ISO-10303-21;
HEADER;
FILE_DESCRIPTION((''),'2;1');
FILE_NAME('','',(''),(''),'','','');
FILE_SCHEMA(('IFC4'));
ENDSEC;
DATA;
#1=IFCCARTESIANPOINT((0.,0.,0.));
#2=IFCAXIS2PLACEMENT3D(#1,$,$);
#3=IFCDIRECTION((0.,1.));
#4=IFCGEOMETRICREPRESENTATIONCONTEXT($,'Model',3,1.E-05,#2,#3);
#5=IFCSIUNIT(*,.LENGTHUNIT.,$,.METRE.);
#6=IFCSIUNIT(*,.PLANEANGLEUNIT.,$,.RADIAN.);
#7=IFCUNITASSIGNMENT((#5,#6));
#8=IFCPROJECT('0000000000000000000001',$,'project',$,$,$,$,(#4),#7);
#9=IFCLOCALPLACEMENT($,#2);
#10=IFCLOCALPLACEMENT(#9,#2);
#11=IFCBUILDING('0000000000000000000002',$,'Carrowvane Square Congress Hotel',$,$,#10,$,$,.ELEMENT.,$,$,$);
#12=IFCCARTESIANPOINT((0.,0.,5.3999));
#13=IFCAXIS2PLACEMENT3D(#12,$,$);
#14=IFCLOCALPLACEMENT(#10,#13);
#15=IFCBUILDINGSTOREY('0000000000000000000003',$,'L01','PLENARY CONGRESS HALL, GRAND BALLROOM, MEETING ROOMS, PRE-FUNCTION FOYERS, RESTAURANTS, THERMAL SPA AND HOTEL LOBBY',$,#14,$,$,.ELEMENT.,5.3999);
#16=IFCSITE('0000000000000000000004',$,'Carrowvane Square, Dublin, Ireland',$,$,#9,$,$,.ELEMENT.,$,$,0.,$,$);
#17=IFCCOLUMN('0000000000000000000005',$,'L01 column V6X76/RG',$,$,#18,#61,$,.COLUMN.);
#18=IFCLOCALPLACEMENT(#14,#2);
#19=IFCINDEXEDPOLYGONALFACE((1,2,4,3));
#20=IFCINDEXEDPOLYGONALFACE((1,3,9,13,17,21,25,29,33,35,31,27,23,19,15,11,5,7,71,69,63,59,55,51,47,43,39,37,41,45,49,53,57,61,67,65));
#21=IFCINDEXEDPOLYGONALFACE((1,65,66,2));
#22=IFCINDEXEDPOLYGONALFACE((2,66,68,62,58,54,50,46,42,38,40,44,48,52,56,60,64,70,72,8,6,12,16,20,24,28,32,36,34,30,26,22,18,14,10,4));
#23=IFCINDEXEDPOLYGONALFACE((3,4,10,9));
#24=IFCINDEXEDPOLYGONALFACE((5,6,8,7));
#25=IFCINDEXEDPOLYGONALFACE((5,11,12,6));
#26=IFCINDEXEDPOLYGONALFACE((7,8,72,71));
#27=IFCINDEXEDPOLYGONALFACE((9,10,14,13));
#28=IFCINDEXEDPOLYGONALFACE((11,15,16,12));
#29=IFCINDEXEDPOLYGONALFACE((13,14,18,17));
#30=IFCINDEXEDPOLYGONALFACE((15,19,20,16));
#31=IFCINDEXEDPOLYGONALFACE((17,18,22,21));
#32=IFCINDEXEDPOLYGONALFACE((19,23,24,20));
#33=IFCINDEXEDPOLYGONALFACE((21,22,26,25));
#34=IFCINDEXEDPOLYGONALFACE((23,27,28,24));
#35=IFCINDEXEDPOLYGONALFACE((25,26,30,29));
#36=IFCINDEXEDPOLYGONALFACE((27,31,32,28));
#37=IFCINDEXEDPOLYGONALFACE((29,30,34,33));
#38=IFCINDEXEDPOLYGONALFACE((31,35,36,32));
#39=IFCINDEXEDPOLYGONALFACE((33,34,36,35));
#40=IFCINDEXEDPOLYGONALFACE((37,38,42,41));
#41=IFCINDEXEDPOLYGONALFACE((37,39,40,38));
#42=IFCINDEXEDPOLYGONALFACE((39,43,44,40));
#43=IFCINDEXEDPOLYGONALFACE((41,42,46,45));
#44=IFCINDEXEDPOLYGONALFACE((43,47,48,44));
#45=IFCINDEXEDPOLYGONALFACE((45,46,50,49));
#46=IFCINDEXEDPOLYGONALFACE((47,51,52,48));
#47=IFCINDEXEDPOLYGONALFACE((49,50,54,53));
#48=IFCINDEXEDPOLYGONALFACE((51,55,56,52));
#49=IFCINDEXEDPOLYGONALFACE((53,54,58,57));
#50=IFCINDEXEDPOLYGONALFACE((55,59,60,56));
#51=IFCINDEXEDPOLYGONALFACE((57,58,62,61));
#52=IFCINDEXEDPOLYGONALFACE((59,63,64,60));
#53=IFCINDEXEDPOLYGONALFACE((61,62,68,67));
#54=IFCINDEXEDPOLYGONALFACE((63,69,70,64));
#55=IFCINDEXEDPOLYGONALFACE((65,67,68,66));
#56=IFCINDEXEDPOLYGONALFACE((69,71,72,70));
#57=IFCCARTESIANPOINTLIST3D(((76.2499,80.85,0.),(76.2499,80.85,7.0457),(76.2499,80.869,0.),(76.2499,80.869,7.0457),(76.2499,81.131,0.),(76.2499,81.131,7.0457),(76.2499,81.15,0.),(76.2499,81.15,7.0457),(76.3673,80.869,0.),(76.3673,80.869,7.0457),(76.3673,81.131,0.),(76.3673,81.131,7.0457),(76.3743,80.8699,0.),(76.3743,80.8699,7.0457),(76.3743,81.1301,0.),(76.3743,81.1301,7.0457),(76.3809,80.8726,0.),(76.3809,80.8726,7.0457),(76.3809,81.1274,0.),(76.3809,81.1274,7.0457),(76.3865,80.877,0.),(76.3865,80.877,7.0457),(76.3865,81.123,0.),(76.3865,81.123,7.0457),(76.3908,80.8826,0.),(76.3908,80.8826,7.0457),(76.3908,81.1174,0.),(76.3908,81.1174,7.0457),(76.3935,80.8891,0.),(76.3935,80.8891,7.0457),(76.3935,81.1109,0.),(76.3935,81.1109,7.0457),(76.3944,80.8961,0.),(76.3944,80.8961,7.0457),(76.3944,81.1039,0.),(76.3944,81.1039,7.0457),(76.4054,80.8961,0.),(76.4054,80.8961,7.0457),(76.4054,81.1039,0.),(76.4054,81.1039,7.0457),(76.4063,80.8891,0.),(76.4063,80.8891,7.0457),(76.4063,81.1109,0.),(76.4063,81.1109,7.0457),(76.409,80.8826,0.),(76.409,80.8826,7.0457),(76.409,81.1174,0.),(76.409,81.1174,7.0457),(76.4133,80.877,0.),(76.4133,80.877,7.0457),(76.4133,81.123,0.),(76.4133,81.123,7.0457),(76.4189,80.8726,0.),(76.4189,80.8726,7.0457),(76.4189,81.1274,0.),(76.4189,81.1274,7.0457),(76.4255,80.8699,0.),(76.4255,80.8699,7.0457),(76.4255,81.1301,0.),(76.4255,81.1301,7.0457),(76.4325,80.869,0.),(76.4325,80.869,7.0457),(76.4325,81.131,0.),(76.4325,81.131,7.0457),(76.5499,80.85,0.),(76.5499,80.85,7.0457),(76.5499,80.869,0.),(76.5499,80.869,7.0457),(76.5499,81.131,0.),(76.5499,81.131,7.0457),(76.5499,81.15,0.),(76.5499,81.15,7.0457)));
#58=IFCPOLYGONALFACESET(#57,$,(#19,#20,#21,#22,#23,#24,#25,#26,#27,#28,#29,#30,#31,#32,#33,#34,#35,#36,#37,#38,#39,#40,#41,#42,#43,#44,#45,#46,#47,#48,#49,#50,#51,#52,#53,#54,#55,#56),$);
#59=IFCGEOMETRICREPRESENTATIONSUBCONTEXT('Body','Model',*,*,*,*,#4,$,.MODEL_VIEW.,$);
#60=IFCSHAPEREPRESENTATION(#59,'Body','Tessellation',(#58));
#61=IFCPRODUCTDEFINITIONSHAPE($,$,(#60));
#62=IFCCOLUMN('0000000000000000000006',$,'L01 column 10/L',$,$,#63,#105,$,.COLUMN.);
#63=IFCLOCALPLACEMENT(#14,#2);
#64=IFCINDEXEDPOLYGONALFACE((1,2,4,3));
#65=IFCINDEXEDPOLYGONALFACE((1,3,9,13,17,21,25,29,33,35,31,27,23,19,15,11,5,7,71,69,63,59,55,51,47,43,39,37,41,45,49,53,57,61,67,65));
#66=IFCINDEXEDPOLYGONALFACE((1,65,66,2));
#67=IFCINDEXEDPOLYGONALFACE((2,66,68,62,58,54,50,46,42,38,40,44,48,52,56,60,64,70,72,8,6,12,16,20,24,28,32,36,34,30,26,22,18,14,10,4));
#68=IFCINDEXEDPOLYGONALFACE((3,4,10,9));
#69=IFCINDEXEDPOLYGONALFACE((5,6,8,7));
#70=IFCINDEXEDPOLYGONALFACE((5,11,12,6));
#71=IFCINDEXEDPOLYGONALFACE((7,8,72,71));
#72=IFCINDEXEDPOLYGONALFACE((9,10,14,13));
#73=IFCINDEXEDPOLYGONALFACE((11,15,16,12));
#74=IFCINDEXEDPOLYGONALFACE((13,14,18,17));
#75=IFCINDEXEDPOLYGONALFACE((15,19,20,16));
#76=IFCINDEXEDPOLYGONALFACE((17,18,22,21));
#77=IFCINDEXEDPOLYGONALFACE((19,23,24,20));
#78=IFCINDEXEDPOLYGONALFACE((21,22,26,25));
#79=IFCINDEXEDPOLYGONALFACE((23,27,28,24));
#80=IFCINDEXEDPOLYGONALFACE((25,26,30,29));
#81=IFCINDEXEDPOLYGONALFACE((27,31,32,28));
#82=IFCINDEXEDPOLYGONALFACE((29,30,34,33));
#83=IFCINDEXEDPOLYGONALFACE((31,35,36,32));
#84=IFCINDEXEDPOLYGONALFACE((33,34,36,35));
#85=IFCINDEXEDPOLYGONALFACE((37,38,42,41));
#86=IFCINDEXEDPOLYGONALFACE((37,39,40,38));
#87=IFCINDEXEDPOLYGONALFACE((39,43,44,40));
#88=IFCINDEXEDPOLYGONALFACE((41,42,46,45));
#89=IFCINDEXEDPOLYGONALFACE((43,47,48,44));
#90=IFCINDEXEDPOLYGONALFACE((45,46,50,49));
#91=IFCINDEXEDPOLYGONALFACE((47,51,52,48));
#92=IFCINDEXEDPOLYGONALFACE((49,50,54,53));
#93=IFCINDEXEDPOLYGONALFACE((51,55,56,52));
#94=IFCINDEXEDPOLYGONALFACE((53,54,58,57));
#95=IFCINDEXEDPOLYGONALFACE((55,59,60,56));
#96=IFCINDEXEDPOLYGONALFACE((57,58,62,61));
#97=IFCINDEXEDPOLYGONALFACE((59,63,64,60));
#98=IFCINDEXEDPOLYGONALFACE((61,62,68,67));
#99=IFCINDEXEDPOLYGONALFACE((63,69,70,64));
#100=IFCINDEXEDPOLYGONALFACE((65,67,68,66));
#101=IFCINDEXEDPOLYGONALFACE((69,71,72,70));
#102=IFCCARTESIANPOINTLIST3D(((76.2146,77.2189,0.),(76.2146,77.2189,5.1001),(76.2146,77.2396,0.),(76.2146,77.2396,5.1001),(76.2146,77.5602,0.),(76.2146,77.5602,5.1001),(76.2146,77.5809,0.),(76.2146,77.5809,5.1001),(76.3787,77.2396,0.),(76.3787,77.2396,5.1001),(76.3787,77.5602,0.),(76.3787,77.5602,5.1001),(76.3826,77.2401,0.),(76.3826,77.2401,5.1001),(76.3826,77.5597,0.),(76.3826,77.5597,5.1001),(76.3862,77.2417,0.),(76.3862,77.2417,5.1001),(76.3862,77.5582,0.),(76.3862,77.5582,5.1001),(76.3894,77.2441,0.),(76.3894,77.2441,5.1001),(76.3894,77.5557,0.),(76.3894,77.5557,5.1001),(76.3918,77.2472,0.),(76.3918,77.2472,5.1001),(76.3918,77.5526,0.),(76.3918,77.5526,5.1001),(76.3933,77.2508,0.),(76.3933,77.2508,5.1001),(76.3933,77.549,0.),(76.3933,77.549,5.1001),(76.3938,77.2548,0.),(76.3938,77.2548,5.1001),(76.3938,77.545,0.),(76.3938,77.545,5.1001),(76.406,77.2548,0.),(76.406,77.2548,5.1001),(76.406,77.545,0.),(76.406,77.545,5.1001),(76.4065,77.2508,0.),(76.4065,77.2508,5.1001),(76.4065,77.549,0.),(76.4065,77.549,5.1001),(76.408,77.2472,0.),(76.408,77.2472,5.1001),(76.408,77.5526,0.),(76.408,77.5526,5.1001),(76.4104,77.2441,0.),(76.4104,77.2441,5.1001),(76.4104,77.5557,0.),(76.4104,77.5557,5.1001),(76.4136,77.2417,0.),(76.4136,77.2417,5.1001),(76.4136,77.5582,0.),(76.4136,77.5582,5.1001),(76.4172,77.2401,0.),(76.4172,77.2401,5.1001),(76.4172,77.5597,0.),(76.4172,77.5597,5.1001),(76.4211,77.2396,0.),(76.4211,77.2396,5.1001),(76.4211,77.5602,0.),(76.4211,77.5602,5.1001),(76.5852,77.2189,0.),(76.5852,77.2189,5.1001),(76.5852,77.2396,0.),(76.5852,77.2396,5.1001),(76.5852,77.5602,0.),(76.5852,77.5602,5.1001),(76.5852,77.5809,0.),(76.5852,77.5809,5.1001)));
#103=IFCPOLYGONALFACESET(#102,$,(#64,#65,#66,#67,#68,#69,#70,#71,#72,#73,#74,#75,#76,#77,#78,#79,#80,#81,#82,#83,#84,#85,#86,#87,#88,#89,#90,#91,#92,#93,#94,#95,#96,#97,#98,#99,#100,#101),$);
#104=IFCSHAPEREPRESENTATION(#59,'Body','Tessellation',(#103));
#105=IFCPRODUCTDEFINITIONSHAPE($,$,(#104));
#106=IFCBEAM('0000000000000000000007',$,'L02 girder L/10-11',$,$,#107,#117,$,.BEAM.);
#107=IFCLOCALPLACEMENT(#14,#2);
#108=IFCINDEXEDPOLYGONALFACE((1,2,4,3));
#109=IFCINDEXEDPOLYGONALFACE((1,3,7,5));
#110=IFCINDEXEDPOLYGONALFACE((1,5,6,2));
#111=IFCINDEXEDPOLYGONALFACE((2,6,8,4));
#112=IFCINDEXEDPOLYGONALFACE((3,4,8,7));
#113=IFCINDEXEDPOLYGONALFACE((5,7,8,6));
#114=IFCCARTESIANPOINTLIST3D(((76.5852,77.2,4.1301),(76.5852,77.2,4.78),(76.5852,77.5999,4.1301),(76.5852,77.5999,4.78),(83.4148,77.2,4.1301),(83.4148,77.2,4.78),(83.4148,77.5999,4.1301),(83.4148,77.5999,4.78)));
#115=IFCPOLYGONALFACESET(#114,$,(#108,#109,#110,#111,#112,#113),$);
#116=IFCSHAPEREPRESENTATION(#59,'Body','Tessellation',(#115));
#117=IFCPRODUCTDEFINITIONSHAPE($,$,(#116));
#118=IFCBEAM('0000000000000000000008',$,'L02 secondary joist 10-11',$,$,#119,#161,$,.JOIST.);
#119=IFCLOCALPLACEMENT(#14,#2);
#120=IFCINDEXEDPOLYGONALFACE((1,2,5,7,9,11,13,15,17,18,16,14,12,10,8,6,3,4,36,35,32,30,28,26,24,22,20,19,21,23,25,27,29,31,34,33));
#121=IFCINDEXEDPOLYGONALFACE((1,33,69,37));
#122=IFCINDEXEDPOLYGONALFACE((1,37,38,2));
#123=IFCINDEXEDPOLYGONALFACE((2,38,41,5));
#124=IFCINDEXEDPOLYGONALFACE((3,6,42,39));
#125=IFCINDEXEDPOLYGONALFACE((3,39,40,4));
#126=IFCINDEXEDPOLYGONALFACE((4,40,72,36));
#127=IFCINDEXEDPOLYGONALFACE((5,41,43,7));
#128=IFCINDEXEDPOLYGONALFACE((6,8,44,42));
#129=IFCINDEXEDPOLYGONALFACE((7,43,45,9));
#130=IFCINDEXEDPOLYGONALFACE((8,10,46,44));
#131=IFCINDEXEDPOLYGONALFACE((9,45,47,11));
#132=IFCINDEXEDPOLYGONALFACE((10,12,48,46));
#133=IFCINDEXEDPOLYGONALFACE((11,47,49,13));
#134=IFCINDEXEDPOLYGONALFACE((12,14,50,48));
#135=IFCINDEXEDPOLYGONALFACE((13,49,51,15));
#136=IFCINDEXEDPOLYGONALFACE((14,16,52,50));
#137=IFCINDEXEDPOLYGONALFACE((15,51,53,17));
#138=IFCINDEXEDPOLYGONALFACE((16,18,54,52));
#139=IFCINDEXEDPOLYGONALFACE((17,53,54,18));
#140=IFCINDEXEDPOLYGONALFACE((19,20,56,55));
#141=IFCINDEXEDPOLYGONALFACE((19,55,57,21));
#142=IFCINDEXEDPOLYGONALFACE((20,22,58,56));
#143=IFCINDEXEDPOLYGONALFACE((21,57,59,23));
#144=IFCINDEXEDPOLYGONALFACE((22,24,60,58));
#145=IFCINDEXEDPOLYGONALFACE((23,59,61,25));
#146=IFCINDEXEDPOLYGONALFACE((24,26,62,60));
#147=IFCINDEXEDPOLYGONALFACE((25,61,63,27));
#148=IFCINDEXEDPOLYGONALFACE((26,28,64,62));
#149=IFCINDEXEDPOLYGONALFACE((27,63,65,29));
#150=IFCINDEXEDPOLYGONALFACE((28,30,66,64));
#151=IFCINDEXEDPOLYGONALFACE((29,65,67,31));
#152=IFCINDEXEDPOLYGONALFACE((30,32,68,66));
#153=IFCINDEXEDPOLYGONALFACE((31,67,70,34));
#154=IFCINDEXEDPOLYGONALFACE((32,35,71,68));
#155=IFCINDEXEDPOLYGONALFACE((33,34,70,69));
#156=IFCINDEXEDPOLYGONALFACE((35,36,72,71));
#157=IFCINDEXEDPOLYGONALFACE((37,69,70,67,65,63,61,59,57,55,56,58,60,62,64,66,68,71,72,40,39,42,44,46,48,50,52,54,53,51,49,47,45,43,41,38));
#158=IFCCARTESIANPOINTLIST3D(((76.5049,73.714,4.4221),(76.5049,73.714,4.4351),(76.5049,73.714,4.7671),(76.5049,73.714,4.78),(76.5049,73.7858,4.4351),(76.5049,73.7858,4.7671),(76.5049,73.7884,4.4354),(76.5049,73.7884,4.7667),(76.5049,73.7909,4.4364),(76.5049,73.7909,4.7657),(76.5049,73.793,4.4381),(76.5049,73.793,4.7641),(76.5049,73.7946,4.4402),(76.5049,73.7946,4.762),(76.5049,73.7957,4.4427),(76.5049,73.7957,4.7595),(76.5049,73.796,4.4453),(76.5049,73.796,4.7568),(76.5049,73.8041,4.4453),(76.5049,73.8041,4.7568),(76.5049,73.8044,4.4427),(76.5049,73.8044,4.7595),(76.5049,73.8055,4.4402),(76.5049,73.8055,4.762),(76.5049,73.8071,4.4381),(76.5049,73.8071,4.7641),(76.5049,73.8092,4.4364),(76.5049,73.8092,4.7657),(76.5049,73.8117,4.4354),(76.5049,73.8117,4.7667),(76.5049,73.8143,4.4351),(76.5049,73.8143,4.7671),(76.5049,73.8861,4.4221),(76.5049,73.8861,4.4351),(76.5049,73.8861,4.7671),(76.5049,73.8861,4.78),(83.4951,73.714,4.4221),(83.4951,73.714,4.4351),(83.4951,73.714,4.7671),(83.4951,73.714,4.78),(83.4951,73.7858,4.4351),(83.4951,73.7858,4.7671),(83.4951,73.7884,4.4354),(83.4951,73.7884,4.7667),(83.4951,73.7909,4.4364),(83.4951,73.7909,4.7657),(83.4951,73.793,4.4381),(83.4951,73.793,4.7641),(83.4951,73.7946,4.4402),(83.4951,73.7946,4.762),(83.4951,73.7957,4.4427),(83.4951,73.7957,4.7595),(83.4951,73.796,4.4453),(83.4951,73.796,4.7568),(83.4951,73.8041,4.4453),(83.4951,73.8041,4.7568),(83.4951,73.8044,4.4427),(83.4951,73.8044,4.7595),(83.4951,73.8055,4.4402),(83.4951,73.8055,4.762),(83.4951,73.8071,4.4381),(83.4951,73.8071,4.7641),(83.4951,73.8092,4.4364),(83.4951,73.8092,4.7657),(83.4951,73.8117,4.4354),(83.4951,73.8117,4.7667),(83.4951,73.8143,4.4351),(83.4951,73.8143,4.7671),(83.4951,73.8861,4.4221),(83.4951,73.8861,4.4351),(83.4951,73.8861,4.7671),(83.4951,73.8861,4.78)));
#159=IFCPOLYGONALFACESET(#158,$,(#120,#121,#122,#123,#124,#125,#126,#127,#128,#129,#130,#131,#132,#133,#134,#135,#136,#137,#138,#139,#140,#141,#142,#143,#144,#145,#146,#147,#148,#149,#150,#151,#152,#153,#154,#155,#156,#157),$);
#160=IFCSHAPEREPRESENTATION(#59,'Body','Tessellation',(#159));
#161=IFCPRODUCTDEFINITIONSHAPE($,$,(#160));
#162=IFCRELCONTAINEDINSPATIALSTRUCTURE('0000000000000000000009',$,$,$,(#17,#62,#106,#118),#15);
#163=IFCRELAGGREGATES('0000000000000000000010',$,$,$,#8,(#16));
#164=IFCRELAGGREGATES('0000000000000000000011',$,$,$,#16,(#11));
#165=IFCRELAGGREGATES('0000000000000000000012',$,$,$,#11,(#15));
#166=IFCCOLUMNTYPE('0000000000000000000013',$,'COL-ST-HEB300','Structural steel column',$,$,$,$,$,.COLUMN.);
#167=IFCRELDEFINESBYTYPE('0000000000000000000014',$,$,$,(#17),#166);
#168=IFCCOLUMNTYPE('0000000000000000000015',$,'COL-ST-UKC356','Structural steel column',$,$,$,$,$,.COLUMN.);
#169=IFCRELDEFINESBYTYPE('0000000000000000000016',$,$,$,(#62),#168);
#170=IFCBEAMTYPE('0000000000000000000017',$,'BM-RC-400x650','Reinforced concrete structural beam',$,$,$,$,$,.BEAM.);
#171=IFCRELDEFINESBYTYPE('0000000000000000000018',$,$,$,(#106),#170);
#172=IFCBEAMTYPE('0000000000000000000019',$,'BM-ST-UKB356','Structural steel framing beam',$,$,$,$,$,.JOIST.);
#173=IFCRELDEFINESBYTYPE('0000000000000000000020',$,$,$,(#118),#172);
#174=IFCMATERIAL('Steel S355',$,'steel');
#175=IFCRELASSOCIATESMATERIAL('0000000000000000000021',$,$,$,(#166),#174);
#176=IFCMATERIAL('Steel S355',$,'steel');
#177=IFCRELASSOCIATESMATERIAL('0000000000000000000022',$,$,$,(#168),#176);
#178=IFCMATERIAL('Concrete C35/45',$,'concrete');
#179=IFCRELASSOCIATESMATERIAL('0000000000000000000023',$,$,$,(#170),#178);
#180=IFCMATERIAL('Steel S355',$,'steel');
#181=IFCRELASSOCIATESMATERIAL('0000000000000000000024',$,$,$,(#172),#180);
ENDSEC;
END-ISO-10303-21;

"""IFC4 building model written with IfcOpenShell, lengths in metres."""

from ifc_helpers import new_model, si_unit, direction, frame, origin, origin_2d, place, context, subcontext, project, spatial, rectangle, i_section, extrude, material, material_profile, profile_set, type_object, element, save


model = new_model("IFC4")

# Units and contexts
model_context = context("Model", 3, precision=1e-05, world=origin(), true_north=direction((0.0, 1.0)))
body_context = subcontext(model_context, "Body", "Model", "MODEL_VIEW")
ifc_project = project(units=[si_unit("LENGTHUNIT", "METRE"), si_unit("PLANEANGLEUNIT", "RADIAN")], contexts=[model_context])

# Site, building, storey
site_placement = place(None, origin())
site = spatial("IfcSite", under=ifc_project, at=site_placement, Name="Carrowvane Square, Dublin, Ireland", CompositionType="ELEMENT", RefElevation=0.0)
building_placement = place(site_placement, origin())
building = spatial("IfcBuilding", under=site, at=building_placement, Name="Carrowvane Square Congress Hotel", CompositionType="ELEMENT")
storey_placement = place(building_placement, frame((0.0, 0.0, 5.3999)))
storey = spatial("IfcBuildingStorey", under=building, at=storey_placement, Name="L01", Description="PLENARY CONGRESS HALL, GRAND BALLROOM, MEETING ROOMS, PRE-FUNCTION FOYERS, RESTAURANTS, THERMAL SPA AND HOTEL LOBBY", CompositionType="ELEMENT", Elevation=5.3999)

# Columns
ifc_material_1 = material(Name="Steel S355", Category="steel")
ifc_material_profile_1 = material_profile(ifc_material_1, i_section(OverallWidth=0.3, OverallDepth=0.3, WebThickness=0.011, FlangeThickness=0.019, FilletRadius=0.0271, at=origin_2d()), Name="HEB 300")
ifc_profile_set_1 = profile_set([ifc_material_profile_1], Name="Steel S355")
column_type_1 = type_object("IfcColumnType", Name="COL-ST-HEB300", Description="Structural steel column", PredefinedType="COLUMN", material=ifc_profile_set_1)
column_1_placement = place(storey_placement, frame((76.3999, 81.0, 0.0), z_axis=(0.0, 0.0, 1.0), x_axis=(1.0, 0.0, 0.0)))
element("IfcColumn", 1, at=column_1_placement, inside=storey, type_object=column_type_1, Name="L01 column V6X76/RG", PredefinedType="COLUMN", context=body_context, shape_type="SweptSolid", body=[
    extrude(i_section(OverallWidth=0.3, OverallDepth=0.3, WebThickness=0.011, FlangeThickness=0.019, FilletRadius=0.0271, at=origin_2d()), origin(), (0.0, 0.0, 1.0), 7.0457),
])
ifc_material_2 = material(Name="Steel S355", Category="steel")
ifc_material_profile_2 = material_profile(ifc_material_2, i_section(OverallWidth=0.3706, OverallDepth=0.3621, WebThickness=0.0122, FlangeThickness=0.0208, FilletRadius=0.0151, at=origin_2d()), Name="UKC 356x368x153")
ifc_profile_set_2 = profile_set([ifc_material_profile_2], Name="Steel S355")
column_type_2 = type_object("IfcColumnType", Name="COL-ST-UKC356", Description="Structural steel column", PredefinedType="COLUMN", material=ifc_profile_set_2)
column_2_placement = place(storey_placement, frame((76.3999, 77.3999, 0.0), z_axis=(0.0, 0.0, 1.0), x_axis=(1.0, 0.0, 0.0)))
element("IfcColumn", 2, at=column_2_placement, inside=storey, type_object=column_type_2, Name="L01 column 10/L", PredefinedType="COLUMN", context=body_context, shape_type="SweptSolid", body=[
    extrude(i_section(OverallWidth=0.3706, OverallDepth=0.3621, WebThickness=0.0122, FlangeThickness=0.0208, FilletRadius=0.0151, at=origin_2d()), origin(), (0.0, 0.0, 1.0), 5.1001),
])

# Beams
ifc_material_3 = material(Name="Concrete C35/45", Category="concrete")
ifc_material_profile_3 = material_profile(ifc_material_3, rectangle(XDim=0.3999, YDim=0.6499, at=origin_2d()), Name="RC 400x650")
ifc_profile_set_3 = profile_set([ifc_material_profile_3], Name="Concrete C35/45")
beam_type_1 = type_object("IfcBeamType", Name="BM-RC-400x650", Description="Reinforced concrete structural beam", PredefinedType="BEAM", material=ifc_profile_set_3)
beam_placement = place(storey_placement, frame((76.5852, 77.3999, 4.4551), z_axis=(1.0, 0.0, 0.0), x_axis=(0.0, 1.0, 0.0)))
element("IfcBeam", 3, at=beam_placement, inside=storey, type_object=beam_type_1, Name="L02 girder L/10-11", PredefinedType="BEAM", context=body_context, shape_type="SweptSolid", body=[
    extrude(rectangle(XDim=0.3999, YDim=0.6499, at=origin_2d()), origin(), (0.0, 0.0, 1.0), 6.8296),
])
ifc_material_4 = material(Name="Steel S355", Category="steel")
ifc_material_profile_4 = material_profile(ifc_material_4, i_section(OverallWidth=0.1721, OverallDepth=0.3579, WebThickness=0.0081, FlangeThickness=0.0129, FilletRadius=0.0103, at=origin_2d()), Name="UKB 356x171x57")
ifc_profile_set_4 = profile_set([ifc_material_profile_4], Name="Steel S355")
beam_type_2 = type_object("IfcBeamType", Name="BM-ST-UKB356", Description="Structural steel framing beam", PredefinedType="JOIST", material=ifc_profile_set_4)
for number, where, z_axis, x_axis, name in (
    (4, (76.5049, 73.8, 4.6011), (1.0, 0.0, 0.0), (0.0, 1.0, 0.0), "L02 secondary joist 10-11"),
):
    element("IfcBeam", number, at=place(storey_placement, frame(where, z_axis=z_axis, x_axis=x_axis)), inside=storey, type_object=beam_type_2, Name=name, PredefinedType="JOIST", context=body_context, shape_type="SweptSolid", body=[
        extrude(i_section(OverallWidth=0.1721, OverallDepth=0.3579, WebThickness=0.0081, FlangeThickness=0.0129, FilletRadius=0.0103, at=origin_2d()), origin(), (0.0, 0.0, 1.0), 6.9902),
    ])

save(model, "model.ifc")
